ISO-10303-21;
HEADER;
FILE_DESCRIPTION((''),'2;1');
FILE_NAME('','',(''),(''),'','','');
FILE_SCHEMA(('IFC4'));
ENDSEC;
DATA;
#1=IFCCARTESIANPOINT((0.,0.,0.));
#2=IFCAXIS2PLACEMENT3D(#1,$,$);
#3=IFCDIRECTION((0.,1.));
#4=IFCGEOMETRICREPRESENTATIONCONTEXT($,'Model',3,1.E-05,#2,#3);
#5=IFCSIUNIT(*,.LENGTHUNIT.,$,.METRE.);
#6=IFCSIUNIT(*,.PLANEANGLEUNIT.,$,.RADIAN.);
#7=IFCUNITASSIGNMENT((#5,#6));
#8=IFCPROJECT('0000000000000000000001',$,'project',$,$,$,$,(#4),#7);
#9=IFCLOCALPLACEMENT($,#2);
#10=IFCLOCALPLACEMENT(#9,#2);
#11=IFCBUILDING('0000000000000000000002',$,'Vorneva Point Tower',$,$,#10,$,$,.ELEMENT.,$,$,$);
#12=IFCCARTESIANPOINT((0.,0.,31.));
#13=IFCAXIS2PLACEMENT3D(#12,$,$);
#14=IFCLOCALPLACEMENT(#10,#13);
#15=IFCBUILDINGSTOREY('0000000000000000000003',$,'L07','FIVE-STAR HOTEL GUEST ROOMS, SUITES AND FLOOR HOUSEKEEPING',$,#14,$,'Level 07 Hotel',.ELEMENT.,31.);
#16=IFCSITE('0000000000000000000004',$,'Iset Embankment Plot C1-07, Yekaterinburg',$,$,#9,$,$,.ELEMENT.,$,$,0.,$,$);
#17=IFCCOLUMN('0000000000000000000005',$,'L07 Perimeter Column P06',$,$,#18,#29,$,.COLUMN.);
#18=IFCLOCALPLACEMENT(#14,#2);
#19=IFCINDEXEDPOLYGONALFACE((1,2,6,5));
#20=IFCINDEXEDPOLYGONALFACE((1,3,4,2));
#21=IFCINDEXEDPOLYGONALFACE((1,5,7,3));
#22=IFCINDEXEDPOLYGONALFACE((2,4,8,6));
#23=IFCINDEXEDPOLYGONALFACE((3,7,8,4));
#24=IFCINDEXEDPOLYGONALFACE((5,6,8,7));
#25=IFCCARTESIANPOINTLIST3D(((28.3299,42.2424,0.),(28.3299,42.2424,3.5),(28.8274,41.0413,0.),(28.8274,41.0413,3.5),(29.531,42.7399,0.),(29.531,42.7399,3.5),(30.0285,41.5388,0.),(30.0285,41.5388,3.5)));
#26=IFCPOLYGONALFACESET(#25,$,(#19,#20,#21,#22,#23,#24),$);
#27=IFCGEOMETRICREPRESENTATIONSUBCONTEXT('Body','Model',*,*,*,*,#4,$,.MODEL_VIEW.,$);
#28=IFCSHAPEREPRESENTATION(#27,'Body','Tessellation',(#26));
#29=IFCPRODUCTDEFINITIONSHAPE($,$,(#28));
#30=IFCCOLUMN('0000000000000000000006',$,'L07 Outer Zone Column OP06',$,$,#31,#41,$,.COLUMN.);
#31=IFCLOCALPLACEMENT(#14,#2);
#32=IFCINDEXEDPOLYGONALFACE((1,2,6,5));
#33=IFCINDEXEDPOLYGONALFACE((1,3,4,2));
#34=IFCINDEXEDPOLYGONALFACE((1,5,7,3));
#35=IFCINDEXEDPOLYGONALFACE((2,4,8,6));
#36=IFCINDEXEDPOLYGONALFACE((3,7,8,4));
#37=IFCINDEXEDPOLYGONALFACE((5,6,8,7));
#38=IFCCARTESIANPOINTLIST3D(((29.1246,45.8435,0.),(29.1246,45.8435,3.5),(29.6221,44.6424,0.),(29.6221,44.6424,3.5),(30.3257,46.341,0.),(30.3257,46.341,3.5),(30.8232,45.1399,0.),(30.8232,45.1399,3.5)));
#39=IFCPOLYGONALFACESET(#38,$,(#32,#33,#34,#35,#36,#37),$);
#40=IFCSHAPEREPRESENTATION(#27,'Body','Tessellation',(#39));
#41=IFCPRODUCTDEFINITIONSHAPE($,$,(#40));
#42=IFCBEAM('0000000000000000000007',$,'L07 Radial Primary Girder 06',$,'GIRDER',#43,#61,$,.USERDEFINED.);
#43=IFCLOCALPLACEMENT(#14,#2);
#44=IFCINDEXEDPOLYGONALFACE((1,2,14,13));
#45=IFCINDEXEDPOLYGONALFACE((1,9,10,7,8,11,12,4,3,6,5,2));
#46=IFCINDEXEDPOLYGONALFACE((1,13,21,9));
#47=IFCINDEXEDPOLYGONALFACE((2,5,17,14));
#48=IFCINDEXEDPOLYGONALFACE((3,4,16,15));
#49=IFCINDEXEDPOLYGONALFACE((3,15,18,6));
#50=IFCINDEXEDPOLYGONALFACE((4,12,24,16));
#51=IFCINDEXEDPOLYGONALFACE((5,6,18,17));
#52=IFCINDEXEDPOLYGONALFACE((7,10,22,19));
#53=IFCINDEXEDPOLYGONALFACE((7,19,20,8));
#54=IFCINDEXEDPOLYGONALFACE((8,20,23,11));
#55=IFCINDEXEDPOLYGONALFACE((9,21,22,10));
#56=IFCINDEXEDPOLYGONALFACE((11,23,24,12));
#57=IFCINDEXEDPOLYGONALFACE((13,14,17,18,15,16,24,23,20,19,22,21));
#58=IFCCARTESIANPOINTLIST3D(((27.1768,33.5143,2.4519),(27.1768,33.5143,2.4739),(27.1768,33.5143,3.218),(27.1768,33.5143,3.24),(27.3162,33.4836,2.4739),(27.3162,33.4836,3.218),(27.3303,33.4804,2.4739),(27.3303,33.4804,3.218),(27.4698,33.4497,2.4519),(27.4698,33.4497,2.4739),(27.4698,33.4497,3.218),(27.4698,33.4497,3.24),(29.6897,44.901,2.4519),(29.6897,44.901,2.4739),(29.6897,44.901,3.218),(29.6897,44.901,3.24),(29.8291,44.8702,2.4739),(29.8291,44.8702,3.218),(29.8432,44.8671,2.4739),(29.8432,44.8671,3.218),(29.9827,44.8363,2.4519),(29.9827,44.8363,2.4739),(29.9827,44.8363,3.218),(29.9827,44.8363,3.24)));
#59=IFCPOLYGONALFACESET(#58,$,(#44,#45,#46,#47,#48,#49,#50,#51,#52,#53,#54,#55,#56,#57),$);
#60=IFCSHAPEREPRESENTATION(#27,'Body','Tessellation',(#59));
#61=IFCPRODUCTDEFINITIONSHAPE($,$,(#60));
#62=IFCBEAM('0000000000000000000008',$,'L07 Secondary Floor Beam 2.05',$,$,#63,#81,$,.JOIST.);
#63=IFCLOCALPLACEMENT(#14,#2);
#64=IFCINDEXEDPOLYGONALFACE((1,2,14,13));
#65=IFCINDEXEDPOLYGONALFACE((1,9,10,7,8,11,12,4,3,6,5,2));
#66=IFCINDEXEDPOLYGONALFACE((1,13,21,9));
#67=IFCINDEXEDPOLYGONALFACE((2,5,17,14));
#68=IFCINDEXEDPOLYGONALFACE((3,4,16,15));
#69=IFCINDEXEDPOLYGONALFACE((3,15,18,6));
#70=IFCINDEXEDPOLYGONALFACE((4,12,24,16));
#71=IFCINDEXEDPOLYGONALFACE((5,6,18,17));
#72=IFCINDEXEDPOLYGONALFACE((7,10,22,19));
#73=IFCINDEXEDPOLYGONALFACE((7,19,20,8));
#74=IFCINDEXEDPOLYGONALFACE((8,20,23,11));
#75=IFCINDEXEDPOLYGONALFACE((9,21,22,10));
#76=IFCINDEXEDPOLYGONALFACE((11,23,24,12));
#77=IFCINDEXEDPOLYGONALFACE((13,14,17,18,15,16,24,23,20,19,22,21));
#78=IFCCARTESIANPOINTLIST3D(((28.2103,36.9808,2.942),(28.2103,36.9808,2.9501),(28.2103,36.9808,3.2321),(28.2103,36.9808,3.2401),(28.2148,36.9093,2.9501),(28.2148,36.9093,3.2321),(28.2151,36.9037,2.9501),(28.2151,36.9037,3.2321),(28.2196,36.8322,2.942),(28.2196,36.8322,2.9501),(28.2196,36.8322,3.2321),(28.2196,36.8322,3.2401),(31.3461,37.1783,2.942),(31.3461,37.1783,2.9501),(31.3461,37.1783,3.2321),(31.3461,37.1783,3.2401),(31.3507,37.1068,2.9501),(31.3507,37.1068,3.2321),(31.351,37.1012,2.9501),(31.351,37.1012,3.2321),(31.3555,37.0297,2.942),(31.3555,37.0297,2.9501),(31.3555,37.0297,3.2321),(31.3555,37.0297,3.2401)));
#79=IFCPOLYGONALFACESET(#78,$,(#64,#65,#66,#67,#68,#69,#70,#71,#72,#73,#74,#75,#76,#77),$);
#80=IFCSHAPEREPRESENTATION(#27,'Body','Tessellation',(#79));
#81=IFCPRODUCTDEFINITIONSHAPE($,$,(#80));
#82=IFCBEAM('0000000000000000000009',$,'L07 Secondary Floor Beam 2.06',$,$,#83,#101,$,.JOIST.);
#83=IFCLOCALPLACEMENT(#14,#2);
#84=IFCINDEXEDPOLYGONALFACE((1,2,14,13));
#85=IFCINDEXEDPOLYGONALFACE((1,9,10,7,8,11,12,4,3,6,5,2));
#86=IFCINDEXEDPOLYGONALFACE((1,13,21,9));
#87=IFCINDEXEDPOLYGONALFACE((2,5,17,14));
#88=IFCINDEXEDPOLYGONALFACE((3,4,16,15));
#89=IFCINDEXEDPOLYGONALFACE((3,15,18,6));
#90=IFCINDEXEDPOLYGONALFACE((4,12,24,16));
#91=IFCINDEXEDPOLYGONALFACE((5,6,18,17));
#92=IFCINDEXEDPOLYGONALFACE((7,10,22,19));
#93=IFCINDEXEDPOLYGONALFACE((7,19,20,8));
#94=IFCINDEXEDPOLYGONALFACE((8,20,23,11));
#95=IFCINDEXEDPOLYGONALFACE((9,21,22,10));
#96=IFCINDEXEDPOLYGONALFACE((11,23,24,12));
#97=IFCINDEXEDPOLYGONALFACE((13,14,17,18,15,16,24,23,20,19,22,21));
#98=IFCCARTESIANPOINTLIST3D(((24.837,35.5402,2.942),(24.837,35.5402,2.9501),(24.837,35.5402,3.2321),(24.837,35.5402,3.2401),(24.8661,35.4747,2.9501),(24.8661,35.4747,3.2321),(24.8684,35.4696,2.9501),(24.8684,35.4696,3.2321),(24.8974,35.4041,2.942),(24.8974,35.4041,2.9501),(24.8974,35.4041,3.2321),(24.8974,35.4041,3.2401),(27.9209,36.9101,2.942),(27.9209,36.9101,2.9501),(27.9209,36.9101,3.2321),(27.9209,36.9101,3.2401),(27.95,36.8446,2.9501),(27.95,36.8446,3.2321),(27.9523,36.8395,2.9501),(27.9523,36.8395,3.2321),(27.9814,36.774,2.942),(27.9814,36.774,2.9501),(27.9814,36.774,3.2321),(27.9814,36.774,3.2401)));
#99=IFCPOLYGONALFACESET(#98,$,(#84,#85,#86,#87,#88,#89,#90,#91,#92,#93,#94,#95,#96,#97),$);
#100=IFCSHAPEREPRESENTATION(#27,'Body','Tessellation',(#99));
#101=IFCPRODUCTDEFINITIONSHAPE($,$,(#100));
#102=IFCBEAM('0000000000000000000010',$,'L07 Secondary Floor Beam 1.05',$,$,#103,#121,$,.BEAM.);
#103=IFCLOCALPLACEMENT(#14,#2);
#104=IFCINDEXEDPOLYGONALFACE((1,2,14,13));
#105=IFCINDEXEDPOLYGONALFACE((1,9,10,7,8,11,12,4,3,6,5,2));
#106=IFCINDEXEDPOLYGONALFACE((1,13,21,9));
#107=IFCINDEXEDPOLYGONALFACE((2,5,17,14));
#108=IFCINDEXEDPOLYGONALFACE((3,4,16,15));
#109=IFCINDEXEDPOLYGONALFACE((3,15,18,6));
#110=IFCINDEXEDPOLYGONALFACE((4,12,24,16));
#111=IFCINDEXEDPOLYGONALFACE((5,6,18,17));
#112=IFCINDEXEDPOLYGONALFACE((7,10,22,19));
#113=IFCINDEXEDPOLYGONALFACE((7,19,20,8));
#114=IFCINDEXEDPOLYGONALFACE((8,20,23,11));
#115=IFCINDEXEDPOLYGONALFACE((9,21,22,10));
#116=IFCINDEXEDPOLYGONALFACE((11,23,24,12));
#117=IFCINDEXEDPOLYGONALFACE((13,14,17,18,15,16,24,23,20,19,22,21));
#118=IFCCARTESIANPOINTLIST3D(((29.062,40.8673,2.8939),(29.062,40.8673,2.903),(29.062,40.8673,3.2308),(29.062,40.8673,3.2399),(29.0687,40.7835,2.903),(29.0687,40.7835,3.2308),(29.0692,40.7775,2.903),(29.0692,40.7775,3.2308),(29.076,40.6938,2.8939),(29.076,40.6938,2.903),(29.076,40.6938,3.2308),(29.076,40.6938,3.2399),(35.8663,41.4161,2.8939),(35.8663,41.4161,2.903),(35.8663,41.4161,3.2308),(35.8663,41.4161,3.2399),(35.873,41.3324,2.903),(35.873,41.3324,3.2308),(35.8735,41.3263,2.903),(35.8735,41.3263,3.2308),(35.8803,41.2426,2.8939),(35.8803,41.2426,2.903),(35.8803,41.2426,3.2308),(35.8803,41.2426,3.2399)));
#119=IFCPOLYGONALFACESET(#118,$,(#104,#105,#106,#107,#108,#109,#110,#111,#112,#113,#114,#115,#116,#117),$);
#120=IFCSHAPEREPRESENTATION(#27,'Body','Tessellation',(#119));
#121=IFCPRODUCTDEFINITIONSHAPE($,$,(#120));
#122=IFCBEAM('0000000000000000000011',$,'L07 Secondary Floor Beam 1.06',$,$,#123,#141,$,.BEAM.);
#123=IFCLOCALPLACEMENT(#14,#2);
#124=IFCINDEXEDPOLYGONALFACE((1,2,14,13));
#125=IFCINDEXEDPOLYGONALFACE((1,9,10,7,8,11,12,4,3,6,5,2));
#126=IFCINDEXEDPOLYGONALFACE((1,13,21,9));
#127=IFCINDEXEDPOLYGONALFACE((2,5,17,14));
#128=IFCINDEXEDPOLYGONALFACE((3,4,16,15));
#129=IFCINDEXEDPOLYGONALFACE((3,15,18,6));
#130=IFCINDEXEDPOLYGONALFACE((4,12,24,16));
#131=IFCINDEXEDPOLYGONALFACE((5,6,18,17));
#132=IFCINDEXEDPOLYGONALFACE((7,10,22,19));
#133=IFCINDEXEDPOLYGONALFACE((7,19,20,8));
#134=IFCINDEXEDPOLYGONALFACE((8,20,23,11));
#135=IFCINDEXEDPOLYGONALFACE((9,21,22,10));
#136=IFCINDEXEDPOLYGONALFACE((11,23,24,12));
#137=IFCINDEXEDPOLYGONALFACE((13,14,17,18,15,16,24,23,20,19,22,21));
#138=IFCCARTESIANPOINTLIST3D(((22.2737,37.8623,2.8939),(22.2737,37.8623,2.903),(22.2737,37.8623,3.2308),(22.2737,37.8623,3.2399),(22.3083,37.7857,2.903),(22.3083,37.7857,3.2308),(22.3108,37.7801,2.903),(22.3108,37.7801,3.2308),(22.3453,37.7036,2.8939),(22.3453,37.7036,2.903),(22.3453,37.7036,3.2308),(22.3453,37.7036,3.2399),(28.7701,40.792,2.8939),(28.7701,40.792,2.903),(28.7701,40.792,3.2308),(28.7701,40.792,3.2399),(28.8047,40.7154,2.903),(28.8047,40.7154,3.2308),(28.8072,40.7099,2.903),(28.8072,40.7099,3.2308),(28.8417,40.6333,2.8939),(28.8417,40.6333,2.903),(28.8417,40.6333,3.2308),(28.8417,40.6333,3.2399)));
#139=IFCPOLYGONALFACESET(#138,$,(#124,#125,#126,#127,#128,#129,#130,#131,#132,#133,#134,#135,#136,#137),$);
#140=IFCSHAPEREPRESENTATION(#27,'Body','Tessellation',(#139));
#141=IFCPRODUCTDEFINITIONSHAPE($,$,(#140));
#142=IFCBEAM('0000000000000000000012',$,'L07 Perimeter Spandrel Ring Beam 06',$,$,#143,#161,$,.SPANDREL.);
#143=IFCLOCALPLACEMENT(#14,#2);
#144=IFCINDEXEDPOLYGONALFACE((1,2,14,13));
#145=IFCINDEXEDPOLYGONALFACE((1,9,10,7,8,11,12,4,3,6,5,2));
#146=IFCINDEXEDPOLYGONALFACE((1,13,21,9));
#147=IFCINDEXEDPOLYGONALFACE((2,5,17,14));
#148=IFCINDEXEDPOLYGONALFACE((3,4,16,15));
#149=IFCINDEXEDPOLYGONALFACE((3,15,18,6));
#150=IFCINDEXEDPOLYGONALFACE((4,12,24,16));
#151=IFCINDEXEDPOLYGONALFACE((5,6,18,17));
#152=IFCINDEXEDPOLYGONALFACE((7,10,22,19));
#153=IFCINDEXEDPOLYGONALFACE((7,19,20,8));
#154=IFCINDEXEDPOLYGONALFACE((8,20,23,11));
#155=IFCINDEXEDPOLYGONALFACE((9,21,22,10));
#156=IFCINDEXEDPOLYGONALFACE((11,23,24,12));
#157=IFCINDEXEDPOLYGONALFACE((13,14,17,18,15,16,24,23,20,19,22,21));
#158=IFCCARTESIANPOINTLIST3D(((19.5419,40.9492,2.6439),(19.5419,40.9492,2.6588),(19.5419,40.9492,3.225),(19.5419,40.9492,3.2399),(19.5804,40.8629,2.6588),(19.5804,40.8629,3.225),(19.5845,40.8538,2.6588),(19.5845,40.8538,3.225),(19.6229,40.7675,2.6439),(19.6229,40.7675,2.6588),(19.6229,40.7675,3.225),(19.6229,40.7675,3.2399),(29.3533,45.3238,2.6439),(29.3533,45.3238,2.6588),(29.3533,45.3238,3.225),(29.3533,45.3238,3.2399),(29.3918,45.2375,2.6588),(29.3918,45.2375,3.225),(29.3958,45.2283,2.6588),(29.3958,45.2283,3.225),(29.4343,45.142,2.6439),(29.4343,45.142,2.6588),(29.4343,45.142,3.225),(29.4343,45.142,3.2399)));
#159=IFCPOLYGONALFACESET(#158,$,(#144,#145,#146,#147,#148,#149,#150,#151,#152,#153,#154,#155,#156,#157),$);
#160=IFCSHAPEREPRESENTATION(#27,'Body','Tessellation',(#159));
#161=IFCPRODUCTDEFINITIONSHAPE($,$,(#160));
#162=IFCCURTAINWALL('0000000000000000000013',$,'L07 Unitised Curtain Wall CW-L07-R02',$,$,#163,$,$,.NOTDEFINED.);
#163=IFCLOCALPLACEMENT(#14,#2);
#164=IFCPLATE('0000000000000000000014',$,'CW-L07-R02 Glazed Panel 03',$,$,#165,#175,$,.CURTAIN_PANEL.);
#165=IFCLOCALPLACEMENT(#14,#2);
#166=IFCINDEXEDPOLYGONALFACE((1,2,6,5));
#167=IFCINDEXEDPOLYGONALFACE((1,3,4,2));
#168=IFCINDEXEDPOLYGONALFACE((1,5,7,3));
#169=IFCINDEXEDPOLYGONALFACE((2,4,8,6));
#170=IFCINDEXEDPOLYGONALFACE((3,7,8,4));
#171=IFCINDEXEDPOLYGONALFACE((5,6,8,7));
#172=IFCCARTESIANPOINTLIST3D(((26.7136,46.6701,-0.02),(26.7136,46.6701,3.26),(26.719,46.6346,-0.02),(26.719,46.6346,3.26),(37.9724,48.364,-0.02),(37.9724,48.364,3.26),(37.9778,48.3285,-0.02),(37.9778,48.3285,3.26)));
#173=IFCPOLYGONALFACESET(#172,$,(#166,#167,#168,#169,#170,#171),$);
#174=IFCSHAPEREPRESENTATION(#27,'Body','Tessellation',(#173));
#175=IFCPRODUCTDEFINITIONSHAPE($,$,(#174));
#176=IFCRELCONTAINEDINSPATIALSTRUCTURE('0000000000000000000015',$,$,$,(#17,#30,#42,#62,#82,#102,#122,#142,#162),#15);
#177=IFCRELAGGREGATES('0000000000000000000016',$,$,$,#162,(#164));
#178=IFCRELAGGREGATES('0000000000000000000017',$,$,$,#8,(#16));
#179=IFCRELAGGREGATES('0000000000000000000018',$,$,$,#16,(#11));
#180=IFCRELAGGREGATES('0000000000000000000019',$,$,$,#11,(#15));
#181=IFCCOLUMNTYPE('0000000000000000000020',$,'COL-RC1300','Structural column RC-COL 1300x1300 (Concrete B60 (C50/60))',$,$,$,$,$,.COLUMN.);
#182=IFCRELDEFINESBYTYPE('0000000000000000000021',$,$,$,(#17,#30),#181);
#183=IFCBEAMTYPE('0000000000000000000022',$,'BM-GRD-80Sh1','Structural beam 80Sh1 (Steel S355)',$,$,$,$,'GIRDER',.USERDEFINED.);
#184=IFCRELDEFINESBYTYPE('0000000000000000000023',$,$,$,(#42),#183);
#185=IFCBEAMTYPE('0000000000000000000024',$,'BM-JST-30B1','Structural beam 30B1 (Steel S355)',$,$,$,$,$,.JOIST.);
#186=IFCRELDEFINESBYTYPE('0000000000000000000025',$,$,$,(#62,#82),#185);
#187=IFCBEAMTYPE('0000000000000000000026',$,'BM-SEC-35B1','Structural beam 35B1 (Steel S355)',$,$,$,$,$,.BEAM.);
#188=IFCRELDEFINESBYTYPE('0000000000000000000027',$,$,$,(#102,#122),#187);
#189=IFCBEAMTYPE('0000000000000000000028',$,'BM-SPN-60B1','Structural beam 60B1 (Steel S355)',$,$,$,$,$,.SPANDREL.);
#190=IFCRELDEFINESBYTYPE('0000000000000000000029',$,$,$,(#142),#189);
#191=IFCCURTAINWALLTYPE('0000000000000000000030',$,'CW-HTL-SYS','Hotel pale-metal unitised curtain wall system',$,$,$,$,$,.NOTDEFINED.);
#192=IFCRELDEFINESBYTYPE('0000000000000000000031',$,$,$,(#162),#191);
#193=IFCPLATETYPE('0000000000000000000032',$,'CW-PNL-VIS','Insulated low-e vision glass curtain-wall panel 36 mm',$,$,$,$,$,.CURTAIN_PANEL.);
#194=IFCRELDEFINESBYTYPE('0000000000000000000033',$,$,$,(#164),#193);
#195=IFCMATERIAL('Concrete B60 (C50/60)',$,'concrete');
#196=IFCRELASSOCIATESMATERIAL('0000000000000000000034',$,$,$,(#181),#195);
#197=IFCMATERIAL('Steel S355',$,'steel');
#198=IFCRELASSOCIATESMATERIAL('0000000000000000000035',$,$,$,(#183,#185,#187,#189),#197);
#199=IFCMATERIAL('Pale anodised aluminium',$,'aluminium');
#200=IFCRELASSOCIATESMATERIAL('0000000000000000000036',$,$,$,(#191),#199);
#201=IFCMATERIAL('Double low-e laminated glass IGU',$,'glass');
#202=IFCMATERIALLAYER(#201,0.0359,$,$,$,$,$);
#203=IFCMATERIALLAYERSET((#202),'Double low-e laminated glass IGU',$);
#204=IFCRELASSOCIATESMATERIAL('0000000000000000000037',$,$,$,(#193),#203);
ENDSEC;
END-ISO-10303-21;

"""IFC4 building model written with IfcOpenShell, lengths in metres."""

from ifc_helpers import new_model, si_unit, direction, frame, origin, origin_2d, place, context, subcontext, project, spatial, rectangle, i_section, extrude, material, layer, layer_set, material_profile, profile_set, type_object, element, aggregate, save


model = new_model("IFC4")

# Units and contexts
model_context = context("Model", 3, precision=1e-05, world=origin(), true_north=direction((0.0, 1.0)))
body_context = subcontext(model_context, "Body", "Model", "MODEL_VIEW")
ifc_project = project(units=[si_unit("LENGTHUNIT", "METRE"), si_unit("PLANEANGLEUNIT", "RADIAN")], contexts=[model_context])

# Site, building, storey
site_placement = place(None, origin())
site = spatial("IfcSite", under=ifc_project, at=site_placement, Name="Iset Embankment Plot C1-07, Yekaterinburg", CompositionType="ELEMENT", RefElevation=0.0)
building_placement = place(site_placement, origin())
building = spatial("IfcBuilding", under=site, at=building_placement, Name="Vorneva Point Tower", CompositionType="ELEMENT")
storey_placement = place(building_placement, frame((0.0, 0.0, 31.0)))
storey = spatial("IfcBuildingStorey", under=building, at=storey_placement, Name="L07", Description="FIVE-STAR HOTEL GUEST ROOMS, SUITES AND FLOOR HOUSEKEEPING", LongName="Level 07 Hotel", CompositionType="ELEMENT", Elevation=31.0)

# Columns
ifc_material_1 = material(Name="Concrete B60 (C50/60)", Category="concrete")
ifc_material_profile_1 = material_profile(ifc_material_1, rectangle(XDim=1.3, YDim=1.3, at=origin_2d()), Name="RC-COL 1300x1300")
ifc_profile_set_1 = profile_set([ifc_material_profile_1], Name="Concrete B60 (C50/60)")
column_type = type_object("IfcColumnType", Name="COL-RC1300", Description="Structural column RC-COL 1300x1300 (Concrete B60 (C50/60))", PredefinedType="COLUMN", material=ifc_profile_set_1)
for number, where, z_axis, x_axis, name in (
    (1, (29.1792, 41.8906, 0.0), (0.0, 0.0, 1.0), (-0.382683, 0.92388, 0.0), "L07 Perimeter Column P06"),
    (2, (29.9739, 45.4917, 0.0), (0.0, 0.0, 1.0), (-0.382683, 0.92388, 0.0), "L07 Outer Zone Column OP06"),
):
    element("IfcColumn", number, at=place(storey_placement, frame(where, z_axis=z_axis, x_axis=x_axis)), inside=storey, type_object=column_type, Name=name, PredefinedType="COLUMN", context=body_context, shape_type="SweptSolid", body=[
        extrude(rectangle(XDim=1.3, YDim=1.3, at=origin_2d()), origin(), (0.0, 0.0, 1.0), 3.5),
    ])

# Beams
ifc_material_2 = material(Name="Steel S355", Category="steel")
ifc_material_profile_2 = material_profile(ifc_material_2, i_section(OverallWidth=0.3, OverallDepth=0.7881, WebThickness=0.0144, FlangeThickness=0.022, at=origin_2d()), Name="80Sh1")
ifc_profile_set_2 = profile_set([ifc_material_profile_2], Name="Steel S355")
beam_type_1 = type_object("IfcBeamType", Name="BM-GRD-80Sh1", Description="Structural beam 80Sh1 (Steel S355)", ElementType="GIRDER", PredefinedType="USERDEFINED", material=ifc_profile_set_2)
beam_1_placement = place(storey_placement, frame((29.8362, 44.8687, 2.8459), z_axis=(-0.215505, -0.976503, 0.0), x_axis=(0.976503, -0.215505, 0.0)))
element("IfcBeam", 3, at=beam_1_placement, inside=storey, type_object=beam_type_1, Name="L07 Radial Primary Girder 06", ObjectType="GIRDER", PredefinedType="USERDEFINED", context=body_context, shape_type="SweptSolid", body=[
    extrude(i_section(OverallWidth=0.3, OverallDepth=0.7881, WebThickness=0.0144, FlangeThickness=0.022, at=origin_2d()), origin(), (0.0, 0.0, 1.0), 11.6606),
])
ifc_material_profile_3 = material_profile(ifc_material_2, i_section(OverallWidth=0.1489, OverallDepth=0.2981, WebThickness=0.0056, FlangeThickness=0.0081, at=origin_2d()), Name="30B1")
ifc_profile_set_3 = profile_set([ifc_material_profile_3], Name="Steel S355")
beam_type_2 = type_object("IfcBeamType", Name="BM-JST-30B1", Description="Structural beam 30B1 (Steel S355)", PredefinedType="JOIST", material=ifc_profile_set_3)
beam_2_placement = place(storey_placement, frame((31.3508, 37.104, 3.0911), z_axis=(-0.998023, -0.062857, 0.0), x_axis=(0.062857, -0.998023, 0.0)))
element("IfcBeam", 4, at=beam_2_placement, inside=storey, type_object=beam_type_2, Name="L07 Secondary Floor Beam 2.05", PredefinedType="JOIST", context=body_context, shape_type="SweptSolid", body=[
    extrude(i_section(OverallWidth=0.1489, OverallDepth=0.2981, WebThickness=0.0056, FlangeThickness=0.0081, at=origin_2d()), origin(), (0.0, 0.0, 1.0), 3.1421),
])
beam_3_placement = place(storey_placement, frame((27.9512, 36.842, 3.0911), z_axis=(-0.913898, -0.405944, 0.0), x_axis=(0.405944, -0.913898, 0.0)))
element("IfcBeam", 5, at=beam_3_placement, inside=storey, type_object=beam_type_2, Name="L07 Secondary Floor Beam 2.06", PredefinedType="JOIST", context=body_context, shape_type="SweptSolid", body=[
    extrude(i_section(OverallWidth=0.1489, OverallDepth=0.2981, WebThickness=0.0056, FlangeThickness=0.0081, at=origin_2d()), origin(), (0.0, 0.0, 1.0), 3.3745),
])
ifc_material_profile_4 = material_profile(ifc_material_2, i_section(OverallWidth=0.1741, OverallDepth=0.3459, WebThickness=0.0061, FlangeThickness=0.009, at=origin_2d()), Name="35B1")
ifc_profile_set_4 = profile_set([ifc_material_profile_4], Name="Steel S355")
beam_type_3 = type_object("IfcBeamType", Name="BM-SEC-35B1", Description="Structural beam 35B1 (Steel S355)", PredefinedType="BEAM", material=ifc_profile_set_4)
beam_4_placement = place(storey_placement, frame((35.8733, 41.3293, 3.0669), z_axis=(-0.996763, -0.080399, 0.0), x_axis=(0.080399, -0.996763, 0.0)))
element("IfcBeam", 6, at=beam_4_placement, inside=storey, type_object=beam_type_3, Name="L07 Secondary Floor Beam 1.05", PredefinedType="BEAM", context=body_context, shape_type="SweptSolid", body=[
    extrude(i_section(OverallWidth=0.1741, OverallDepth=0.3459, WebThickness=0.0061, FlangeThickness=0.009, at=origin_2d()), origin(), (0.0, 0.0, 1.0), 6.8264),
])
beam_5_placement = place(storey_placement, frame((28.8059, 40.7126, 3.0669), z_axis=(-0.911589, -0.411104, 0.0), x_axis=(0.411104, -0.911589, 0.0)))
element("IfcBeam", 7, at=beam_5_placement, inside=storey, type_object=beam_type_3, Name="L07 Secondary Floor Beam 1.06", PredefinedType="BEAM", context=body_context, shape_type="SweptSolid", body=[
    extrude(i_section(OverallWidth=0.1741, OverallDepth=0.3459, WebThickness=0.0061, FlangeThickness=0.009, at=origin_2d()), origin(), (0.0, 0.0, 1.0), 7.1265),
])
ifc_material_profile_5 = material_profile(ifc_material_2, i_section(OverallWidth=0.199, OverallDepth=0.5959, WebThickness=0.01, FlangeThickness=0.0149, at=origin_2d()), Name="60B1")
ifc_profile_set_5 = profile_set([ifc_material_profile_5], Name="Steel S355")
beam_type_4 = type_object("IfcBeamType", Name="BM-SPN-60B1", Description="Structural beam 60B1 (Steel S355)", PredefinedType="SPANDREL", material=ifc_profile_set_5)
beam_6_placement = place(storey_placement, frame((29.3938, 45.2329, 2.9419), z_axis=(-0.913329, -0.407222, 0.0), x_axis=(0.407222, -0.913329, 0.0)))
element("IfcBeam", 8, at=beam_6_placement, inside=storey, type_object=beam_type_4, Name="L07 Perimeter Spandrel Ring Beam 06", PredefinedType="SPANDREL", context=body_context, shape_type="SweptSolid", body=[
    extrude(i_section(OverallWidth=0.199, OverallDepth=0.5959, WebThickness=0.01, FlangeThickness=0.0149, at=origin_2d()), origin(), (0.0, 0.0, 1.0), 10.7424),
])

# Curtain wall, plate
ifc_material_3 = material(Name="Pale anodised aluminium", Category="aluminium")
curtain_wall_type = type_object("IfcCurtainWallType", Name="CW-HTL-SYS", Description="Hotel pale-metal unitised curtain wall system", PredefinedType="NOTDEFINED", material=ifc_material_3)
curtain_wall_placement = place(storey_placement, origin())
curtain_wall = element("IfcCurtainWall", 9, at=curtain_wall_placement, inside=storey, type_object=curtain_wall_type, Name="L07 Unitised Curtain Wall CW-L07-R02", PredefinedType="NOTDEFINED")
ifc_material_4 = material(Name="Double low-e laminated glass IGU", Category="glass")
ifc_layer_1 = layer(ifc_material_4, 0.0359)
ifc_layer_set_1 = layer_set([ifc_layer_1], Name="Double low-e laminated glass IGU")
plate_type = type_object("IfcPlateType", Name="CW-PNL-VIS", Description="Insulated low-e vision glass curtain-wall panel 36 mm", PredefinedType="CURTAIN_PANEL", material=ifc_layer_set_1)
plate_placement = place(storey_placement, frame((32.3457, 47.4993, -0.02), z_axis=(0.0, 0.0, 1.0), x_axis=(-0.988871, -0.148776, 0.0)))
plate = element("IfcPlate", 10, at=plate_placement, type_object=plate_type, Name="CW-L07-R02 Glazed Panel 03", PredefinedType="CURTAIN_PANEL", context=body_context, shape_type="SweptSolid", body=[
    extrude(rectangle(XDim=11.3855, YDim=0.0359, at=origin_2d()), origin(), (0.0, 0.0, 1.0), 3.28),
])
aggregate(curtain_wall, [plate])

save(model, "model.ifc")
